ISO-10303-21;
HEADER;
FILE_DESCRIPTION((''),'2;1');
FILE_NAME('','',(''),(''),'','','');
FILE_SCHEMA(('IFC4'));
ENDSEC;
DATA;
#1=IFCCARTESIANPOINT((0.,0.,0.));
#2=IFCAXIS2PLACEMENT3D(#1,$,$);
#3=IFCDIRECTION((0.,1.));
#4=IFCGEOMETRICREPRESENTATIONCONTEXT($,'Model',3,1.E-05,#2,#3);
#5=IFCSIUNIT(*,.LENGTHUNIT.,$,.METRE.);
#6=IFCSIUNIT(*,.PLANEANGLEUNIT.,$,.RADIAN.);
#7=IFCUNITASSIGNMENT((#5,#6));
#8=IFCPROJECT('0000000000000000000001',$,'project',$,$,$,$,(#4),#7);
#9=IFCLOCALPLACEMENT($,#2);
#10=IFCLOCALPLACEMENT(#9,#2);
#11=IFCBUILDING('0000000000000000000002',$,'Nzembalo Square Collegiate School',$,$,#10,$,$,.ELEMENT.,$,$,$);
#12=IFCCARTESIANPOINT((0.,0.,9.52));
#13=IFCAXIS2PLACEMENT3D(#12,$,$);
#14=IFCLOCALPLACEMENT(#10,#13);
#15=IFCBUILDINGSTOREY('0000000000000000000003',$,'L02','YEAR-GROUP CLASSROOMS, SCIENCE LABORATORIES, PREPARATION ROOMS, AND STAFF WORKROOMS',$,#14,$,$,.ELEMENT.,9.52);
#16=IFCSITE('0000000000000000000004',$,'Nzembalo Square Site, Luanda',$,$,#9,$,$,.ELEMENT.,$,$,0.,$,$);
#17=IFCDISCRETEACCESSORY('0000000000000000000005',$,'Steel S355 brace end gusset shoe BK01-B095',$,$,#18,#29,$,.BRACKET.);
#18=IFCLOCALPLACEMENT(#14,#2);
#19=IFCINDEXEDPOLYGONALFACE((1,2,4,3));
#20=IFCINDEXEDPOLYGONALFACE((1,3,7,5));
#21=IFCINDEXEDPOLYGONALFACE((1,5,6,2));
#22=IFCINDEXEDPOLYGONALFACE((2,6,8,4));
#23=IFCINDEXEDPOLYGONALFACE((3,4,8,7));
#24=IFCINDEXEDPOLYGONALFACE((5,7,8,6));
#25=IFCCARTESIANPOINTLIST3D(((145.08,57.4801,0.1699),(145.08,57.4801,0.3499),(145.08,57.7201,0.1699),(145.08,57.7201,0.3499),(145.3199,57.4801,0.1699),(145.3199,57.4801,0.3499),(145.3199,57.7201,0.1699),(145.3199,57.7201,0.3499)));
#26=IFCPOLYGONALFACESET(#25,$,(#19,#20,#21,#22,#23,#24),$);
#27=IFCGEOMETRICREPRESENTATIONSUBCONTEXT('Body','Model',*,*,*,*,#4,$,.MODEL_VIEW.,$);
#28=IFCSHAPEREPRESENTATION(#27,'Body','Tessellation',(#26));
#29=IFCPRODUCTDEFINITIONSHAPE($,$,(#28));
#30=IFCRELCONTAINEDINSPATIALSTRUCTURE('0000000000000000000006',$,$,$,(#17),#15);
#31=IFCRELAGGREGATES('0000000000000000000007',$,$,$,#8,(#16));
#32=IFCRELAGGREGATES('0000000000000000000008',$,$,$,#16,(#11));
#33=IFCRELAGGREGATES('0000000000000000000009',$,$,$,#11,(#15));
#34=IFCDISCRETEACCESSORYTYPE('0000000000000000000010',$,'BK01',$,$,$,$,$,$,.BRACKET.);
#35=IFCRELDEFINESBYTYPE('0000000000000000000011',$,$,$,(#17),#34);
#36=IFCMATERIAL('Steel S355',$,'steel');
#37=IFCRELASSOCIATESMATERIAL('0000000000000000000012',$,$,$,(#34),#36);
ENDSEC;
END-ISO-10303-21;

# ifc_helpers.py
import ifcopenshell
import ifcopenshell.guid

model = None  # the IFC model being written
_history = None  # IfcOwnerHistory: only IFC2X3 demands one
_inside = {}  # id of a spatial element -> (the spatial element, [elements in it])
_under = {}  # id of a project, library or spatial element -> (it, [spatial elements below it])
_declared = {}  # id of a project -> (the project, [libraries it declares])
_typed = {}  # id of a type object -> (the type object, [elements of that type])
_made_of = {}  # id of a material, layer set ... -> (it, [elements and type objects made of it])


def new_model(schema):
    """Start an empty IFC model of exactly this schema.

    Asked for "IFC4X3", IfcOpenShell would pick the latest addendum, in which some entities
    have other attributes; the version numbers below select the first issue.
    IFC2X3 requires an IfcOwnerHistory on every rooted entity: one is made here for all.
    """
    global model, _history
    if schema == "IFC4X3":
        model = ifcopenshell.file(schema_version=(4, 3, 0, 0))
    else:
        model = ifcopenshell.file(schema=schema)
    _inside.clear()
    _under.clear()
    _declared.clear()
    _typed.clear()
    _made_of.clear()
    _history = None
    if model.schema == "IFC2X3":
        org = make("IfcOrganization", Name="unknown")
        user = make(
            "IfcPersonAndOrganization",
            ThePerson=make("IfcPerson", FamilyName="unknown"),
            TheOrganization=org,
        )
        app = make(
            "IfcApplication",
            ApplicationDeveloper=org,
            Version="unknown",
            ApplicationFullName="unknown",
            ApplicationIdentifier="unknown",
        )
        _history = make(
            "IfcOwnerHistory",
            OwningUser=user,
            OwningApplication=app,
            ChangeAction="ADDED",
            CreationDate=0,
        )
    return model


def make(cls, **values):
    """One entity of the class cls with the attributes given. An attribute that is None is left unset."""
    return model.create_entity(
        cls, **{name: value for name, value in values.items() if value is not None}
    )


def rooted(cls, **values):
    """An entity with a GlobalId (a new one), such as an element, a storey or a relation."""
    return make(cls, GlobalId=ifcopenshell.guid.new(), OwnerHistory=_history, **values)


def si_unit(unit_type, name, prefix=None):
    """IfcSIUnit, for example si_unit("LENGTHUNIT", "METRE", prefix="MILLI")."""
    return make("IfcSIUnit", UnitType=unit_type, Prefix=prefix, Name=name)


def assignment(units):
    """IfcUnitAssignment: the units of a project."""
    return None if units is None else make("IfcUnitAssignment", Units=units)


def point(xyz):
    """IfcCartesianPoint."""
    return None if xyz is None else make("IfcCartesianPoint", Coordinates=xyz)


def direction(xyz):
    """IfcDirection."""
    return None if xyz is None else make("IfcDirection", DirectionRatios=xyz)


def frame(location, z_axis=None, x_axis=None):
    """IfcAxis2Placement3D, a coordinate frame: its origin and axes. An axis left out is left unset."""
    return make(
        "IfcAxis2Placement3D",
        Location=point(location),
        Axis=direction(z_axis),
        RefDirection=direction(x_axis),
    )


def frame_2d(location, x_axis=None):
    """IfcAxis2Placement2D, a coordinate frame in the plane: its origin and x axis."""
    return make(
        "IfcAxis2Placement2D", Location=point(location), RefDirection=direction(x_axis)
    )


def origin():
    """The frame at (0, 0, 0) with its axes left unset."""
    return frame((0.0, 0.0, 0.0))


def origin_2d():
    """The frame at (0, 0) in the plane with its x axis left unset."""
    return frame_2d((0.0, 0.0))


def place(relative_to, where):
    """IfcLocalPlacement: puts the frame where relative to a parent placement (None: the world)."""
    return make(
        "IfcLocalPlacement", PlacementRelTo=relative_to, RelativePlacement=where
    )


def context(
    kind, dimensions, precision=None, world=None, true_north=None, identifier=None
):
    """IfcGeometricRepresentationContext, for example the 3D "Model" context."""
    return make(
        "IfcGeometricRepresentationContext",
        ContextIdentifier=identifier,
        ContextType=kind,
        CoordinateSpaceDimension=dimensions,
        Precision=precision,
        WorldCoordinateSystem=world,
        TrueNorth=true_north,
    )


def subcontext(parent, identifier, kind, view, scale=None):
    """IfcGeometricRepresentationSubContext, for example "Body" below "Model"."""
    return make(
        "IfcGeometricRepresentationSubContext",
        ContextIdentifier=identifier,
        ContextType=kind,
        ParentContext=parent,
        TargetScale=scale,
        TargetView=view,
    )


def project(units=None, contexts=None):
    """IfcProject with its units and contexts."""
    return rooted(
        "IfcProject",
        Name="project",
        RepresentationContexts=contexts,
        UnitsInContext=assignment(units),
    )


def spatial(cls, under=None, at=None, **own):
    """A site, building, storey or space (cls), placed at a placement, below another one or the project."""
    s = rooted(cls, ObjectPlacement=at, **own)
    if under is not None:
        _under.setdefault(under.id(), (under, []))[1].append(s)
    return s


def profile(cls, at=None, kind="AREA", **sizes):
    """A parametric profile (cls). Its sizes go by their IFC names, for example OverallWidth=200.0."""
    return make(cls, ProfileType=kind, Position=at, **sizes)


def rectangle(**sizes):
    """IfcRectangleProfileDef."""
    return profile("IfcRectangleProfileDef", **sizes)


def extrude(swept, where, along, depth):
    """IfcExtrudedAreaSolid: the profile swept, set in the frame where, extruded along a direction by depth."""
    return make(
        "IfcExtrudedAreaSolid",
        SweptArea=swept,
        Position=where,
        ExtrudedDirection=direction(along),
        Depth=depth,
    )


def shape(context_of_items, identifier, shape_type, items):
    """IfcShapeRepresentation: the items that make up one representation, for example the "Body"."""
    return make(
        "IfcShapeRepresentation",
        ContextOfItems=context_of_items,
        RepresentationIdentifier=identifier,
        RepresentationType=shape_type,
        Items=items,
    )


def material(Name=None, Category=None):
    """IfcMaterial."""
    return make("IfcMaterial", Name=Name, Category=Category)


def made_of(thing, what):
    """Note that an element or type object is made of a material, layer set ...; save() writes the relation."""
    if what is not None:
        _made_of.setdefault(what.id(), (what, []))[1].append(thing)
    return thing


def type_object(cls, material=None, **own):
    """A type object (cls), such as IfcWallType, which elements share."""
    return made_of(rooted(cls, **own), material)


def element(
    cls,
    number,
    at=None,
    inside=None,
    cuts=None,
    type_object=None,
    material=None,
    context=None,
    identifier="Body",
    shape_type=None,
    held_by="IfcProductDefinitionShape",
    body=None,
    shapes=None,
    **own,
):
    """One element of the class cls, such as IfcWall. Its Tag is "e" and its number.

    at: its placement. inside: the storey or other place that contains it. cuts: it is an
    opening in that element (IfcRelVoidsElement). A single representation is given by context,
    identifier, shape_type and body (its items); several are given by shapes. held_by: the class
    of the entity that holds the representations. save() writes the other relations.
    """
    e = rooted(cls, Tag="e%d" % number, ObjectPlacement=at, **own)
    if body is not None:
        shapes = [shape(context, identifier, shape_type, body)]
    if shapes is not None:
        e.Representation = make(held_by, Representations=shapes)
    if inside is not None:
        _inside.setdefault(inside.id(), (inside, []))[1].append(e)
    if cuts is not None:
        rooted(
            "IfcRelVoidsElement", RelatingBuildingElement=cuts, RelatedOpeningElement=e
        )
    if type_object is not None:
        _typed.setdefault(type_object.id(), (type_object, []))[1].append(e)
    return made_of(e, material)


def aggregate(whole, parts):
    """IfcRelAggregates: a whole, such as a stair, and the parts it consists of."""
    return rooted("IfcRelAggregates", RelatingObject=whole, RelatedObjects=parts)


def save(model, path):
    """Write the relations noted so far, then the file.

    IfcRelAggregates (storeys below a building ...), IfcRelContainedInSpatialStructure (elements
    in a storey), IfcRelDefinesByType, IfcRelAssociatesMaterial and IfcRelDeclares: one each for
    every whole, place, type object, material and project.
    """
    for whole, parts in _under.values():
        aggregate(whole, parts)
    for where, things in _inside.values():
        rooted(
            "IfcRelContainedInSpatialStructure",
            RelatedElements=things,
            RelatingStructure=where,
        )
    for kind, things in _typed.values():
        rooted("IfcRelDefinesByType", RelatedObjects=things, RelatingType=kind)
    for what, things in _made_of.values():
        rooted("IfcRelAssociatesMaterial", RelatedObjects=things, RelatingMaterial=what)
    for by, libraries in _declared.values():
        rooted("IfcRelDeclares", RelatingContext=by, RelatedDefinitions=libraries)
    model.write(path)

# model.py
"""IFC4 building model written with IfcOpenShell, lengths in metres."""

from ifc_helpers import new_model, si_unit, direction, frame, origin, origin_2d, place, context, subcontext, project, spatial, rectangle, extrude, material, type_object, element, save


model = new_model("IFC4")

# Units and contexts
model_context = context("Model", 3, precision=1e-05, world=origin(), true_north=direction((0.0, 1.0)))
body_context = subcontext(model_context, "Body", "Model", "MODEL_VIEW")
ifc_project = project(units=[si_unit("LENGTHUNIT", "METRE"), si_unit("PLANEANGLEUNIT", "RADIAN")], contexts=[model_context])

# Site, building, storey
site_placement = place(None, origin())
site = spatial("IfcSite", under=ifc_project, at=site_placement, Name="Nzembalo Square Site, Luanda", CompositionType="ELEMENT", RefElevation=0.0)
building_placement = place(site_placement, origin())
building = spatial("IfcBuilding", under=site, at=building_placement, Name="Nzembalo Square Collegiate School", CompositionType="ELEMENT")
storey_placement = place(building_placement, frame((0.0, 0.0, 9.52)))
storey = spatial("IfcBuildingStorey", under=building, at=storey_placement, Name="L02", Description="YEAR-GROUP CLASSROOMS, SCIENCE LABORATORIES, PREPARATION ROOMS, AND STAFF WORKROOMS", CompositionType="ELEMENT", Elevation=9.52)

# Discrete accessory
ifc_material_1 = material(Name="Steel S355", Category="steel")
discrete_accessory_type = type_object("IfcDiscreteAccessoryType", Name="BK01", PredefinedType="BRACKET", material=ifc_material_1)
discrete_accessory_placement = place(storey_placement, frame((145.2, 57.6001, 0.1699), z_axis=(0.0, 0.0, 1.0), x_axis=(1.0, 0.0, 0.0)))
element("IfcDiscreteAccessory", 1, at=discrete_accessory_placement, inside=storey, type_object=discrete_accessory_type, Name="Steel S355 brace end gusset shoe BK01-B095", PredefinedType="BRACKET", context=body_context, shape_type="SweptSolid", body=[
    extrude(rectangle(XDim=0.24, YDim=0.24, at=origin_2d()), origin(), (0.0, 0.0, 1.0), 0.1799),
])

save(model, "model.ifc")
